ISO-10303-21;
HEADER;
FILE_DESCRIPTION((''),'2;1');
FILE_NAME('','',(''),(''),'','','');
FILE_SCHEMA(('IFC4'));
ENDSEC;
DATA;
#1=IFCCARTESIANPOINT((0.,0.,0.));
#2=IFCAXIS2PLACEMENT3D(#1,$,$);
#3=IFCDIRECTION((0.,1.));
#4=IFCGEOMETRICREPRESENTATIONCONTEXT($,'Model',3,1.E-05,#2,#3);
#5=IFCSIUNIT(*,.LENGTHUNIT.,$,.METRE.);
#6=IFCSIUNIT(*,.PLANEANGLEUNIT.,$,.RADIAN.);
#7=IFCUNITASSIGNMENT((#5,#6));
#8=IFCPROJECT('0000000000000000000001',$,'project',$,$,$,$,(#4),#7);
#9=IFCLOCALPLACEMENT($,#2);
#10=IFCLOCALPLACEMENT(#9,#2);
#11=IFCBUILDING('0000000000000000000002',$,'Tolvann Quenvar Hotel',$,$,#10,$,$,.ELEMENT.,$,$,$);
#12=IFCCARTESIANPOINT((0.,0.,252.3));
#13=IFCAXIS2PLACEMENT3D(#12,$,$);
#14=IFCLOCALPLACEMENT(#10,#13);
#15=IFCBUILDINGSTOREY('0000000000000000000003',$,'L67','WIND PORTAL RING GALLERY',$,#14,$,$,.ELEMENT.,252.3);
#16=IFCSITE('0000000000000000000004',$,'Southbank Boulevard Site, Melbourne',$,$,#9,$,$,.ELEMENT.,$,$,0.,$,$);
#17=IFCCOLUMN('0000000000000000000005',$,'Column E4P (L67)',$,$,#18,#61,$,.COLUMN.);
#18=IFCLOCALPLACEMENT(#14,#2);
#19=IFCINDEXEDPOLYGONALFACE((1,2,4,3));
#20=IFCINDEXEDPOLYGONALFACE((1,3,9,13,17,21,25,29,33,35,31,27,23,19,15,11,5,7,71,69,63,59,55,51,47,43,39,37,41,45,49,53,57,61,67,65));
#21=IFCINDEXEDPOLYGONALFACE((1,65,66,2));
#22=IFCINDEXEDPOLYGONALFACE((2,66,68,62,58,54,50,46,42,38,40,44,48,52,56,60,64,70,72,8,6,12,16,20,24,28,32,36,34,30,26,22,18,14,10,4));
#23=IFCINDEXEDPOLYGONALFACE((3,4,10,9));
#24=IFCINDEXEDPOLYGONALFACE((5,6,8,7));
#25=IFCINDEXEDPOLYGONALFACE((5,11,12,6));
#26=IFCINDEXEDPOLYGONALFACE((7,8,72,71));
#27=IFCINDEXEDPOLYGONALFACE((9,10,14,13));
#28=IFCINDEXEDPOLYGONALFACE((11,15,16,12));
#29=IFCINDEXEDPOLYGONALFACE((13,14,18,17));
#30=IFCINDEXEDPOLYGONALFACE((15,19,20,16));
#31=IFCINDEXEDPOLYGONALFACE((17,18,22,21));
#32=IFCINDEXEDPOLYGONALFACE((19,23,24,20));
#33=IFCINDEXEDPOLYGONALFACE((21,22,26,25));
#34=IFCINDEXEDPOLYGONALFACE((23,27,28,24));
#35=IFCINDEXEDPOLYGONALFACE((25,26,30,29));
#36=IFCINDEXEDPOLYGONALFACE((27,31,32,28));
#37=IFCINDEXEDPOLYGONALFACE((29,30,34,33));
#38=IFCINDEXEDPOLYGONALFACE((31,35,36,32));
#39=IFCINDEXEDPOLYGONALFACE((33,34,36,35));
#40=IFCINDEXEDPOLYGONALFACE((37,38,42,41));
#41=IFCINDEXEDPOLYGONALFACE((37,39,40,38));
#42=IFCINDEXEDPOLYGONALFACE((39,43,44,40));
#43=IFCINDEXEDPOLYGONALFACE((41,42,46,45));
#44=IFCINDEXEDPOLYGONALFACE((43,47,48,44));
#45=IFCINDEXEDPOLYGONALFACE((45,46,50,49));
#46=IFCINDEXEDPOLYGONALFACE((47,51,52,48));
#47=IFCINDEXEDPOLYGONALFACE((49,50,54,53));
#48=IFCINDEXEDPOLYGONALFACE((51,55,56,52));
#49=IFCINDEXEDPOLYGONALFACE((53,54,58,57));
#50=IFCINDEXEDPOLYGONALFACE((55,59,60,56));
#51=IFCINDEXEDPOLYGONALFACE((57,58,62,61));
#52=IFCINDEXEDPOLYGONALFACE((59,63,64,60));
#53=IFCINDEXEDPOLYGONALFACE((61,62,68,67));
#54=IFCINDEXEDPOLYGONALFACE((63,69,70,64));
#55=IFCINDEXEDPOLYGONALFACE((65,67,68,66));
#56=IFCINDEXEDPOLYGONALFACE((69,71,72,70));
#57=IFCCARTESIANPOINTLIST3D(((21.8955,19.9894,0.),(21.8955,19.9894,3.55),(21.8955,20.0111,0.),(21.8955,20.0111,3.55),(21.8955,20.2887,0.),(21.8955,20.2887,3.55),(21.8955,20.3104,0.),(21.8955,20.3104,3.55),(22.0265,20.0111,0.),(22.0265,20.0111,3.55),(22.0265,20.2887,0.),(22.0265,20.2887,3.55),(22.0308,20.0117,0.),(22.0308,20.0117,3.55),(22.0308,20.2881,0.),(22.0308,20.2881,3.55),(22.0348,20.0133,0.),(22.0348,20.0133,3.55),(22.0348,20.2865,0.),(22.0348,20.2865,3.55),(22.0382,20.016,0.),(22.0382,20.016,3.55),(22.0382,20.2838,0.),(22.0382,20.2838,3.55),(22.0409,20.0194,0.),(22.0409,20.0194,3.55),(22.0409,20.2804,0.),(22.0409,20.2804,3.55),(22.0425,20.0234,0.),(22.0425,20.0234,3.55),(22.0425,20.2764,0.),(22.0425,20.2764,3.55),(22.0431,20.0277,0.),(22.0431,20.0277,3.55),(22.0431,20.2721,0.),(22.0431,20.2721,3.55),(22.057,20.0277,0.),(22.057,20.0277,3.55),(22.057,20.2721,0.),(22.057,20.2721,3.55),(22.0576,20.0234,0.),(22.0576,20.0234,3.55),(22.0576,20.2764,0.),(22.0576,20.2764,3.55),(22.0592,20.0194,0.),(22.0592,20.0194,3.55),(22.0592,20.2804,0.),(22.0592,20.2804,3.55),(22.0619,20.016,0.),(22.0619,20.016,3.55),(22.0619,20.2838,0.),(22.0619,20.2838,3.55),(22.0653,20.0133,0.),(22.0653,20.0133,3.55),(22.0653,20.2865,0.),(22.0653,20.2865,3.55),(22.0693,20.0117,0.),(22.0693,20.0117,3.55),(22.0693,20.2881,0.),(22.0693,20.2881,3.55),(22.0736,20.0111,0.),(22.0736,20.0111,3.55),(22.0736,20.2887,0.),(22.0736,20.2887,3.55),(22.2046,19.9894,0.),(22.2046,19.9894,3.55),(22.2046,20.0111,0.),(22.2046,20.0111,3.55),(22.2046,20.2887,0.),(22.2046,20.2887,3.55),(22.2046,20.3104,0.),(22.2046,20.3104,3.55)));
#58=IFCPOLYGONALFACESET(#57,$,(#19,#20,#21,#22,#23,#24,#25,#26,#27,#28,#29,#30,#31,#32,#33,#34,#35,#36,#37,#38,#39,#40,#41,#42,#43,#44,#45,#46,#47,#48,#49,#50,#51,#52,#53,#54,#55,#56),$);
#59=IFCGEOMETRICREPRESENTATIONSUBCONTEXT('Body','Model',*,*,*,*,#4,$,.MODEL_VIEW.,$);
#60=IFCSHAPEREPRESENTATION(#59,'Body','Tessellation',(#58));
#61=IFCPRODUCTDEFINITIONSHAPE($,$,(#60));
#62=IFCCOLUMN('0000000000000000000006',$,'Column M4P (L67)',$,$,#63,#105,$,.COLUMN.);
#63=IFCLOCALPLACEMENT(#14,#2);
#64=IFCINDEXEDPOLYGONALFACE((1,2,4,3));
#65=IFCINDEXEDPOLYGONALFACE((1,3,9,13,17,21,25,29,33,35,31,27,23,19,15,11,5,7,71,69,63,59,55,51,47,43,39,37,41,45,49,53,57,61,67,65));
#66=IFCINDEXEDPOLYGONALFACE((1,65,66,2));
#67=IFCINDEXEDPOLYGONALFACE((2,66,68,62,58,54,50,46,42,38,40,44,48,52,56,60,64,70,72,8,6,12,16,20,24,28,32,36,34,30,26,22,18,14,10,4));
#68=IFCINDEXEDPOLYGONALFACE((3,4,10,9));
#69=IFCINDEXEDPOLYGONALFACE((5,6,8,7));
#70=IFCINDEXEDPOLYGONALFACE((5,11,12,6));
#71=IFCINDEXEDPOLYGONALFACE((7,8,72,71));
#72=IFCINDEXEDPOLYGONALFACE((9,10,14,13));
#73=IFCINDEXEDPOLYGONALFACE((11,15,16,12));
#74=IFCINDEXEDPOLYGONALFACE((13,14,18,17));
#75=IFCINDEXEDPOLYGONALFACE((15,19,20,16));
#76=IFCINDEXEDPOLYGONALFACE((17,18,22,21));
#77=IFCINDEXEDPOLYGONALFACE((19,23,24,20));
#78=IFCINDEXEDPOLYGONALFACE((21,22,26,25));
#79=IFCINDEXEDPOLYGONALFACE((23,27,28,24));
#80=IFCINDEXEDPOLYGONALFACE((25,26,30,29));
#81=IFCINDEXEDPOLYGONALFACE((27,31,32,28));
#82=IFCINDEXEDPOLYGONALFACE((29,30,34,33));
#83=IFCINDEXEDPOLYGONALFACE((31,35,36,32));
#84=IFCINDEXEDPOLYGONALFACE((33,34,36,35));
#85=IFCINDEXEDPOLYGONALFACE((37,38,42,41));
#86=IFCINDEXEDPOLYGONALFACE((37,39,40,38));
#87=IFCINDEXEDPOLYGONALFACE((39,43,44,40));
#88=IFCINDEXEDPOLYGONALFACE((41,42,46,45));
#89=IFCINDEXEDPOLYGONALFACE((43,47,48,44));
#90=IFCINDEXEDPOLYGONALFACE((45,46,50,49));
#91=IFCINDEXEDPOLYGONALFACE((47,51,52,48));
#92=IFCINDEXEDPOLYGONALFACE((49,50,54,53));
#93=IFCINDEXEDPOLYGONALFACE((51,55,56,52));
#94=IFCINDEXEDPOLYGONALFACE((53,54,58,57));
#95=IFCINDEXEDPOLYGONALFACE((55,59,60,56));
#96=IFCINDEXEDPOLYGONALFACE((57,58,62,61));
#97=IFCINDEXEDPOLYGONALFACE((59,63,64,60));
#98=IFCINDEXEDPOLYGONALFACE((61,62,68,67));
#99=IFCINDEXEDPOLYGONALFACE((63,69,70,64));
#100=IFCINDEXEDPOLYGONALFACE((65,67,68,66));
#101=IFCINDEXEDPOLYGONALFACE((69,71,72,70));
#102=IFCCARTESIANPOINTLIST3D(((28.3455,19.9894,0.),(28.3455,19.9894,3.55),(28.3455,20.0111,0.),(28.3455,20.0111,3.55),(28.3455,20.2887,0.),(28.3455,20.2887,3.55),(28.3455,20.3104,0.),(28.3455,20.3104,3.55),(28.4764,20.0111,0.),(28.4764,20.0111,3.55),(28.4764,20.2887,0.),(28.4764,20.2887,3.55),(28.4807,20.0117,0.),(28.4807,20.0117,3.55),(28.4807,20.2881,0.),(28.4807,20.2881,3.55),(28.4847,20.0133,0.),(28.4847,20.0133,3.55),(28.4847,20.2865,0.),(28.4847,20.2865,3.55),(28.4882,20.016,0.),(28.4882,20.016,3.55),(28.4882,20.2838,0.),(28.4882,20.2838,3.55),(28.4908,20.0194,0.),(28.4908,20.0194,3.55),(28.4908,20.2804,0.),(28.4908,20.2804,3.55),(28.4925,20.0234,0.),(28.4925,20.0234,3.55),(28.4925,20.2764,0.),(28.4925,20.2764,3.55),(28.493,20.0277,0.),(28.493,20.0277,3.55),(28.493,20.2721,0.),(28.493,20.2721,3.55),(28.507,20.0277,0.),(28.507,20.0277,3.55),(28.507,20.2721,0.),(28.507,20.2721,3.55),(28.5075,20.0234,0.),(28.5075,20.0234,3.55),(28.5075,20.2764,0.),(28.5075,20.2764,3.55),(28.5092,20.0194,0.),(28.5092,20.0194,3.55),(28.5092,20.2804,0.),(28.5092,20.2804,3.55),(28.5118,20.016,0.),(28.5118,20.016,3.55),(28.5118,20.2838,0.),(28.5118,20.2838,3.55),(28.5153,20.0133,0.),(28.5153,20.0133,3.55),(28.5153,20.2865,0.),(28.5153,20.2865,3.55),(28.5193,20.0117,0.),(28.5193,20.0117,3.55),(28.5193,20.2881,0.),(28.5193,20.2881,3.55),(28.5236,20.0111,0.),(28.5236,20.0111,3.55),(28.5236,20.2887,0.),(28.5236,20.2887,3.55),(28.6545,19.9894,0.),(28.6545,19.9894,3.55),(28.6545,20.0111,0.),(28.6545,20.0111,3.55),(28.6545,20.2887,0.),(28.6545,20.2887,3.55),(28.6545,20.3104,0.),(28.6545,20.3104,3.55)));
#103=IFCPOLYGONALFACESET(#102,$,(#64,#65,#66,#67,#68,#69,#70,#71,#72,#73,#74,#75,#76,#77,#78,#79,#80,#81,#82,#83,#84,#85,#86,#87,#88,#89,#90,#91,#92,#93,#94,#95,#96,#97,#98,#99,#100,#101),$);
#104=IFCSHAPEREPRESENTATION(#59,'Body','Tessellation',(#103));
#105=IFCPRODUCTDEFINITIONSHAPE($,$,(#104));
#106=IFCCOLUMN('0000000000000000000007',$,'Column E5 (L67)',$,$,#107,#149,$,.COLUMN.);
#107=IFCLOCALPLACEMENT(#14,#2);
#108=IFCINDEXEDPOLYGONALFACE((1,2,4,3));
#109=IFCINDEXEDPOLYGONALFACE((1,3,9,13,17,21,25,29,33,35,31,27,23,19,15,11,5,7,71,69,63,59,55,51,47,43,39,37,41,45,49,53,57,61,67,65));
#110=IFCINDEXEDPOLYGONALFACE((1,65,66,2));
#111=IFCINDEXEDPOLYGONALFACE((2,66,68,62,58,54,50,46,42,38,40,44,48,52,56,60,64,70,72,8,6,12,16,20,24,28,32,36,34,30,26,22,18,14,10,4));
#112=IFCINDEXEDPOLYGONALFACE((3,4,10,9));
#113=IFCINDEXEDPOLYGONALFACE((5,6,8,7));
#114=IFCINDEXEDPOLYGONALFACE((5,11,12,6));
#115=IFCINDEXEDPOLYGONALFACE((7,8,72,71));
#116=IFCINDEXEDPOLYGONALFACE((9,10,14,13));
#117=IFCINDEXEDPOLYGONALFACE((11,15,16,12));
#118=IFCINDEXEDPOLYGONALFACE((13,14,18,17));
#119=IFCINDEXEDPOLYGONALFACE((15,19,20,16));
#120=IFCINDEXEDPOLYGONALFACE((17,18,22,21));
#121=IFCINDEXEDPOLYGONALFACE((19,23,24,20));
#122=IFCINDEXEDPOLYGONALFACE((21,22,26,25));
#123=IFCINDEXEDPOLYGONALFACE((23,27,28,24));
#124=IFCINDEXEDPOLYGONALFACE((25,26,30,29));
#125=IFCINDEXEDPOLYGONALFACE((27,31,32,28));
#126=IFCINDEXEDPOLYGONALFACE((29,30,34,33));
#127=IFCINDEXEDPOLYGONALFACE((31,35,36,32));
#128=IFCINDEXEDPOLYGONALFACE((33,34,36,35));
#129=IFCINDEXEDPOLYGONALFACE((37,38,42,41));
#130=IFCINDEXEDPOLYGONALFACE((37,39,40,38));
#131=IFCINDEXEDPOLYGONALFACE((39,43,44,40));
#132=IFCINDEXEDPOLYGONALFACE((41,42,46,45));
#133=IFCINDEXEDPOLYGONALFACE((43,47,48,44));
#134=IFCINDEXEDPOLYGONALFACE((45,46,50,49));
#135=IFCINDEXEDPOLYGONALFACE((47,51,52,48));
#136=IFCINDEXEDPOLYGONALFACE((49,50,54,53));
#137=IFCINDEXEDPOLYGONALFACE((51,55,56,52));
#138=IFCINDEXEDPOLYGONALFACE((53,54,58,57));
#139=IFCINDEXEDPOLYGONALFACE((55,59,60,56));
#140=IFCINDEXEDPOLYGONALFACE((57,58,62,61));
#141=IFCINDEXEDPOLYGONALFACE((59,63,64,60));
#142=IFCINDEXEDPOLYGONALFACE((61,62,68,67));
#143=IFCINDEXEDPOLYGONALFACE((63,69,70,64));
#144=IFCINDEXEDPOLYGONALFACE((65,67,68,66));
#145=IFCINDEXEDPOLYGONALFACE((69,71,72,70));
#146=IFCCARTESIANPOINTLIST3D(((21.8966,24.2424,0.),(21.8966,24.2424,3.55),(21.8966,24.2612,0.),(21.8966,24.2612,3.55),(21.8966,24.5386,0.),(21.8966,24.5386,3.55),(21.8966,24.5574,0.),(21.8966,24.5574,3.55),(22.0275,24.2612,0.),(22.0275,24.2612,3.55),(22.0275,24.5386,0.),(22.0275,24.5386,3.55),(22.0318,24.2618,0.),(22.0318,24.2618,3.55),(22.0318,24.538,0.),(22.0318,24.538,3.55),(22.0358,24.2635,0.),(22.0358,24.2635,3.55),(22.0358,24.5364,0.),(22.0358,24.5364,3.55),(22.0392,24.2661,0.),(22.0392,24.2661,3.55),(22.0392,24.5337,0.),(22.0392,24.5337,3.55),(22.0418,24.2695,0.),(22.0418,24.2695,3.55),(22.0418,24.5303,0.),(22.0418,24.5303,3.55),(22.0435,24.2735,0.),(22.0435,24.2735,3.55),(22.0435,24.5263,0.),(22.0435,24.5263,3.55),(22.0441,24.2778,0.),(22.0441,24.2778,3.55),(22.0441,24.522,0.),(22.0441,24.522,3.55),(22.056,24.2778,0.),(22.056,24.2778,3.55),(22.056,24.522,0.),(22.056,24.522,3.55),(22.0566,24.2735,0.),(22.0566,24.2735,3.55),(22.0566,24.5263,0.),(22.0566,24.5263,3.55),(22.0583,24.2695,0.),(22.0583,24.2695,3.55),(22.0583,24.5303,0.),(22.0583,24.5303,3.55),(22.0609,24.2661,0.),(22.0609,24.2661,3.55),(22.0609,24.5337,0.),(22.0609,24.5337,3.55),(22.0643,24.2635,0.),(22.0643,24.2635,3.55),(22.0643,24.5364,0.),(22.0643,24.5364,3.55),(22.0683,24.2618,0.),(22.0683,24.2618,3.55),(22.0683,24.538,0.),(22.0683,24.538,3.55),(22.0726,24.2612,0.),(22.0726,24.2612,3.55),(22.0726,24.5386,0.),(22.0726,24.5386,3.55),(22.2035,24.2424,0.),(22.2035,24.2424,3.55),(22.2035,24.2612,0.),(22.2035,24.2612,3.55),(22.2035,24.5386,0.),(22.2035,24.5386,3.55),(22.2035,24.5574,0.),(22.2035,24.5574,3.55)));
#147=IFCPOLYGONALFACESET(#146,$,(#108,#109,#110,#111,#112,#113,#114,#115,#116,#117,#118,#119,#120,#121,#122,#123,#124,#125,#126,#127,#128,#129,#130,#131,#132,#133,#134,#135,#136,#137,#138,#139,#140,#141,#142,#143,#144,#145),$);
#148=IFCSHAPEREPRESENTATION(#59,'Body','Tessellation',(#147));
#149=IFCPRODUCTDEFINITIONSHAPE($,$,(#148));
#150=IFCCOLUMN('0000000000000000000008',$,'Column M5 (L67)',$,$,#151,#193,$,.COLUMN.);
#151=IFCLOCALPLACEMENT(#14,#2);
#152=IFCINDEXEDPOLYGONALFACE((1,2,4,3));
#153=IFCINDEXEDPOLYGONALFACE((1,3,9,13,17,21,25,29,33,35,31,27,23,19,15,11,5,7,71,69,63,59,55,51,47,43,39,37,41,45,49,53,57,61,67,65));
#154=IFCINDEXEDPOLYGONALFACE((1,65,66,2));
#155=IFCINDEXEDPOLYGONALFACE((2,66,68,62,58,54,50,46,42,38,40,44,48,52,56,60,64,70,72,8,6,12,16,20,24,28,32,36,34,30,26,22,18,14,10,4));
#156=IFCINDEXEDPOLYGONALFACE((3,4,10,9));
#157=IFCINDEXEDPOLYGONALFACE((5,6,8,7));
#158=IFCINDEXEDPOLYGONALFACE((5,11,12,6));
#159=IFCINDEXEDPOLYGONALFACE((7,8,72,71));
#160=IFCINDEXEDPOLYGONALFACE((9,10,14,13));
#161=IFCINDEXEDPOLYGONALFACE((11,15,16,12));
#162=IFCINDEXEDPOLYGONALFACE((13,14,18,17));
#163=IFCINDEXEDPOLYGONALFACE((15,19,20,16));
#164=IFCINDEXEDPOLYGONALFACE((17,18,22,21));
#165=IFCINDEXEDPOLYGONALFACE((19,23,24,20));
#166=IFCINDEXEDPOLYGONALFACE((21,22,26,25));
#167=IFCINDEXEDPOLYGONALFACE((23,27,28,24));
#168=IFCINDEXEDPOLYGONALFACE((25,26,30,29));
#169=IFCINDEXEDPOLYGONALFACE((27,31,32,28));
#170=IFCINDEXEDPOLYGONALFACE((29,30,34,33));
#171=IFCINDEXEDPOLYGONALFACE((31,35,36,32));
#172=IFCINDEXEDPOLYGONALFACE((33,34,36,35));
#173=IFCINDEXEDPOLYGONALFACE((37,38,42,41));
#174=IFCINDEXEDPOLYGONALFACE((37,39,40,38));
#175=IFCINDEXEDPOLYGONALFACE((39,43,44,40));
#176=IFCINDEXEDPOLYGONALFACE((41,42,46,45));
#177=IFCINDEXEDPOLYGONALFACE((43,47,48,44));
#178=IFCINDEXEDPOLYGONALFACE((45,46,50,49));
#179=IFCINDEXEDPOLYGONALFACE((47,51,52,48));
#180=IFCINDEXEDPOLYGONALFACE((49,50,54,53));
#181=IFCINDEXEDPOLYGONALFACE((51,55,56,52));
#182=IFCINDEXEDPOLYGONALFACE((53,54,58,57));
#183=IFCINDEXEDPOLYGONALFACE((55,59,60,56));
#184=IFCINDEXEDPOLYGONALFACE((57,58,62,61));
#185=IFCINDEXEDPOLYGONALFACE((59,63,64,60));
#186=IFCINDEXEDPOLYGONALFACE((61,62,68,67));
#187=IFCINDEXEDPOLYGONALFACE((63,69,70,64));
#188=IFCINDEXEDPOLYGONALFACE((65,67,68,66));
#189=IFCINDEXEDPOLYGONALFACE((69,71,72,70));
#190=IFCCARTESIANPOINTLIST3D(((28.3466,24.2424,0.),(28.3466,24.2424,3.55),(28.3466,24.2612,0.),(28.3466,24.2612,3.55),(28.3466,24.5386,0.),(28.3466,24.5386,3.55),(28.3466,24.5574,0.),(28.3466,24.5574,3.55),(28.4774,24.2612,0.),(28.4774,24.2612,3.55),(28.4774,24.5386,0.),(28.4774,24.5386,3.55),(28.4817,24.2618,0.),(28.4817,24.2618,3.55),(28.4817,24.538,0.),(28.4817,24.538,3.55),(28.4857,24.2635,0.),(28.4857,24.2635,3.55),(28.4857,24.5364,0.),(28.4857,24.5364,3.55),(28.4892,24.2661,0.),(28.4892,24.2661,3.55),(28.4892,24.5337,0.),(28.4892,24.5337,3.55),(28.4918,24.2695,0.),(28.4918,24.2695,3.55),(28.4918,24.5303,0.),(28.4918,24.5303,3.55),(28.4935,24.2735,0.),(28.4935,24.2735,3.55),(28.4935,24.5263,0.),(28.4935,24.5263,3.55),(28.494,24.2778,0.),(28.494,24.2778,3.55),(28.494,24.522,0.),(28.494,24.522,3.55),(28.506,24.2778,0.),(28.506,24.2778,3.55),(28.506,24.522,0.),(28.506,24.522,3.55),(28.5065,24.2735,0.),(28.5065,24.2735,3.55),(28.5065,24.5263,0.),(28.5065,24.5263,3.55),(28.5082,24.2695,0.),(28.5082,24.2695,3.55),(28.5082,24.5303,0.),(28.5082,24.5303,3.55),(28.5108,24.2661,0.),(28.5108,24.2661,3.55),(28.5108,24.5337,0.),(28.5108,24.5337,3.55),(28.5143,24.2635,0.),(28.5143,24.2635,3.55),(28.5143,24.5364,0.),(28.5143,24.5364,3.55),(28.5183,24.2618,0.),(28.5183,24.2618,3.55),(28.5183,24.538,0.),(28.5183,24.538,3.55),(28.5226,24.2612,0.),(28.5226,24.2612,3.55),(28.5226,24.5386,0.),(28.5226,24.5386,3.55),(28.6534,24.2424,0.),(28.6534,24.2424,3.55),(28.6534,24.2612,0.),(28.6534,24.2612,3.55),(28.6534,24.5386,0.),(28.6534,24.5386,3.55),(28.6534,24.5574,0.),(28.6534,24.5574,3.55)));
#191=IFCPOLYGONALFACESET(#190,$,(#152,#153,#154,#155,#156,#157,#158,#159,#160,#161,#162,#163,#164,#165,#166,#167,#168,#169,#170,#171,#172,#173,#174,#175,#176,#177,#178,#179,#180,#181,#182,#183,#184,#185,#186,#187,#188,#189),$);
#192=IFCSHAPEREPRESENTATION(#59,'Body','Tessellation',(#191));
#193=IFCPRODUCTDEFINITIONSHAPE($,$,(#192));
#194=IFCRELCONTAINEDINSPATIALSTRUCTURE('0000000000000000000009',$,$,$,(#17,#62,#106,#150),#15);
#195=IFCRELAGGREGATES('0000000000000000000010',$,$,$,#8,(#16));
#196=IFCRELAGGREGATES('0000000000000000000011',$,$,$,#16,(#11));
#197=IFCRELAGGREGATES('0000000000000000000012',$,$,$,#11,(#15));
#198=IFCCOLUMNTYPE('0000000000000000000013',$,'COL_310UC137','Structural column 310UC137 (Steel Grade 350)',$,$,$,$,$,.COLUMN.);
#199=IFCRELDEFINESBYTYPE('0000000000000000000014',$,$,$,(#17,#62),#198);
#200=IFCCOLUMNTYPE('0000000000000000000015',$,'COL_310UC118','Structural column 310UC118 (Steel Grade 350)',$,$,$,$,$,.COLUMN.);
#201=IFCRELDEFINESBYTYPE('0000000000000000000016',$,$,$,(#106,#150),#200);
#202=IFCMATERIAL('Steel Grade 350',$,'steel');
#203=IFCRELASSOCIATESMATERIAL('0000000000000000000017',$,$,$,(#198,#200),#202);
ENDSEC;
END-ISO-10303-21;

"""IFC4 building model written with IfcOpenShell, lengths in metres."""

from ifc_helpers import new_model, si_unit, direction, frame, origin, origin_2d, place, context, subcontext, project, spatial, i_section, extrude, source, transform, mapped, material, material_profile, profile_set, type_object, type_shapes, element, save


model = new_model("IFC4")

# Units and contexts
model_context = context("Model", 3, precision=1e-05, world=origin(), true_north=direction((0.0, 1.0)))
body_context = subcontext(model_context, "Body", "Model", "MODEL_VIEW")
ifc_project = project(units=[si_unit("LENGTHUNIT", "METRE"), si_unit("PLANEANGLEUNIT", "RADIAN")], contexts=[model_context])

# Site, building, storey
site_placement = place(None, origin())
site = spatial("IfcSite", under=ifc_project, at=site_placement, Name="Southbank Boulevard Site, Melbourne", CompositionType="ELEMENT", RefElevation=0.0)
building_placement = place(site_placement, origin())
building = spatial("IfcBuilding", under=site, at=building_placement, Name="Tolvann Quenvar Hotel", CompositionType="ELEMENT")
storey_placement = place(building_placement, frame((0.0, 0.0, 252.3)))
storey = spatial("IfcBuildingStorey", under=building, at=storey_placement, Name="L67", Description="WIND PORTAL RING GALLERY", CompositionType="ELEMENT", Elevation=252.3)

# Columns
ifc_material_1 = material(Name="Steel Grade 350", Category="steel")
ifc_material_profile_1 = material_profile(ifc_material_1, i_section(OverallWidth=0.3091, OverallDepth=0.321, WebThickness=0.0139, FlangeThickness=0.0217, FilletRadius=0.0166, at=origin_2d()), Name="310UC137")
ifc_profile_set_1 = profile_set([ifc_material_profile_1], Name="Steel Grade 350")
column_type_1 = type_object("IfcColumnType", Name="COL_310UC137", Description="Structural column 310UC137 (Steel Grade 350)", PredefinedType="COLUMN", material=ifc_profile_set_1)
shared_shape_1 = source(origin(), body_context, "Body", "SweptSolid", [
    extrude(i_section(OverallWidth=0.3091, OverallDepth=0.321, WebThickness=0.0139, FlangeThickness=0.0217, FilletRadius=0.0166, at=origin_2d()), origin(), (0.0, 0.0, 1.0), 3.55),
])
type_shapes(column_type_1, [shared_shape_1])
for number, where, z_axis, x_axis, name in (
    (1, (22.05, 20.1499, 0.0), (0.0, 0.0, 1.0), (1.0, 0.0, 0.0), "Column E4P (L67)"),
    (2, (28.5, 20.1499, 0.0), (0.0, 0.0, 1.0), (1.0, 0.0, 0.0), "Column M4P (L67)"),
):
    element("IfcColumn", number, at=place(storey_placement, frame(where, z_axis=z_axis, x_axis=x_axis)), inside=storey, type_object=column_type_1, Name=name, PredefinedType="COLUMN", context=body_context, shape_type="MappedRepresentation", body=[
        mapped(shared_shape_1, transform((0.0, 0.0, 0.0), x_axis=(1.0, 0.0, 0.0), y_axis=(0.0, 1.0, 0.0), z_axis=(0.0, 0.0, 1.0), scale=1.0)),
    ])
ifc_material_profile_2 = material_profile(ifc_material_1, i_section(OverallWidth=0.3069, OverallDepth=0.3149, WebThickness=0.012, FlangeThickness=0.0188, FilletRadius=0.0166, at=origin_2d()), Name="310UC118")
ifc_profile_set_2 = profile_set([ifc_material_profile_2], Name="Steel Grade 350")
column_type_2 = type_object("IfcColumnType", Name="COL_310UC118", Description="Structural column 310UC118 (Steel Grade 350)", PredefinedType="COLUMN", material=ifc_profile_set_2)
shared_shape_2 = source(origin(), body_context, "Body", "SweptSolid", [
    extrude(i_section(OverallWidth=0.3069, OverallDepth=0.3149, WebThickness=0.012, FlangeThickness=0.0188, FilletRadius=0.0166, at=origin_2d()), origin(), (0.0, 0.0, 1.0), 3.55),
])
type_shapes(column_type_2, [shared_shape_2])
for number, where, z_axis, x_axis, name in (
    (3, (22.05, 24.3999, 0.0), (0.0, 0.0, 1.0), (1.0, 0.0, 0.0), "Column E5 (L67)"),
    (4, (28.5, 24.3999, 0.0), (0.0, 0.0, 1.0), (1.0, 0.0, 0.0), "Column M5 (L67)"),
):
    element("IfcColumn", number, at=place(storey_placement, frame(where, z_axis=z_axis, x_axis=x_axis)), inside=storey, type_object=column_type_2, Name=name, PredefinedType="COLUMN", context=body_context, shape_type="MappedRepresentation", body=[
        mapped(shared_shape_2, transform((0.0, 0.0, 0.0), x_axis=(1.0, 0.0, 0.0), y_axis=(0.0, 1.0, 0.0), z_axis=(0.0, 0.0, 1.0), scale=1.0)),
    ])

save(model, "model.ifc")
